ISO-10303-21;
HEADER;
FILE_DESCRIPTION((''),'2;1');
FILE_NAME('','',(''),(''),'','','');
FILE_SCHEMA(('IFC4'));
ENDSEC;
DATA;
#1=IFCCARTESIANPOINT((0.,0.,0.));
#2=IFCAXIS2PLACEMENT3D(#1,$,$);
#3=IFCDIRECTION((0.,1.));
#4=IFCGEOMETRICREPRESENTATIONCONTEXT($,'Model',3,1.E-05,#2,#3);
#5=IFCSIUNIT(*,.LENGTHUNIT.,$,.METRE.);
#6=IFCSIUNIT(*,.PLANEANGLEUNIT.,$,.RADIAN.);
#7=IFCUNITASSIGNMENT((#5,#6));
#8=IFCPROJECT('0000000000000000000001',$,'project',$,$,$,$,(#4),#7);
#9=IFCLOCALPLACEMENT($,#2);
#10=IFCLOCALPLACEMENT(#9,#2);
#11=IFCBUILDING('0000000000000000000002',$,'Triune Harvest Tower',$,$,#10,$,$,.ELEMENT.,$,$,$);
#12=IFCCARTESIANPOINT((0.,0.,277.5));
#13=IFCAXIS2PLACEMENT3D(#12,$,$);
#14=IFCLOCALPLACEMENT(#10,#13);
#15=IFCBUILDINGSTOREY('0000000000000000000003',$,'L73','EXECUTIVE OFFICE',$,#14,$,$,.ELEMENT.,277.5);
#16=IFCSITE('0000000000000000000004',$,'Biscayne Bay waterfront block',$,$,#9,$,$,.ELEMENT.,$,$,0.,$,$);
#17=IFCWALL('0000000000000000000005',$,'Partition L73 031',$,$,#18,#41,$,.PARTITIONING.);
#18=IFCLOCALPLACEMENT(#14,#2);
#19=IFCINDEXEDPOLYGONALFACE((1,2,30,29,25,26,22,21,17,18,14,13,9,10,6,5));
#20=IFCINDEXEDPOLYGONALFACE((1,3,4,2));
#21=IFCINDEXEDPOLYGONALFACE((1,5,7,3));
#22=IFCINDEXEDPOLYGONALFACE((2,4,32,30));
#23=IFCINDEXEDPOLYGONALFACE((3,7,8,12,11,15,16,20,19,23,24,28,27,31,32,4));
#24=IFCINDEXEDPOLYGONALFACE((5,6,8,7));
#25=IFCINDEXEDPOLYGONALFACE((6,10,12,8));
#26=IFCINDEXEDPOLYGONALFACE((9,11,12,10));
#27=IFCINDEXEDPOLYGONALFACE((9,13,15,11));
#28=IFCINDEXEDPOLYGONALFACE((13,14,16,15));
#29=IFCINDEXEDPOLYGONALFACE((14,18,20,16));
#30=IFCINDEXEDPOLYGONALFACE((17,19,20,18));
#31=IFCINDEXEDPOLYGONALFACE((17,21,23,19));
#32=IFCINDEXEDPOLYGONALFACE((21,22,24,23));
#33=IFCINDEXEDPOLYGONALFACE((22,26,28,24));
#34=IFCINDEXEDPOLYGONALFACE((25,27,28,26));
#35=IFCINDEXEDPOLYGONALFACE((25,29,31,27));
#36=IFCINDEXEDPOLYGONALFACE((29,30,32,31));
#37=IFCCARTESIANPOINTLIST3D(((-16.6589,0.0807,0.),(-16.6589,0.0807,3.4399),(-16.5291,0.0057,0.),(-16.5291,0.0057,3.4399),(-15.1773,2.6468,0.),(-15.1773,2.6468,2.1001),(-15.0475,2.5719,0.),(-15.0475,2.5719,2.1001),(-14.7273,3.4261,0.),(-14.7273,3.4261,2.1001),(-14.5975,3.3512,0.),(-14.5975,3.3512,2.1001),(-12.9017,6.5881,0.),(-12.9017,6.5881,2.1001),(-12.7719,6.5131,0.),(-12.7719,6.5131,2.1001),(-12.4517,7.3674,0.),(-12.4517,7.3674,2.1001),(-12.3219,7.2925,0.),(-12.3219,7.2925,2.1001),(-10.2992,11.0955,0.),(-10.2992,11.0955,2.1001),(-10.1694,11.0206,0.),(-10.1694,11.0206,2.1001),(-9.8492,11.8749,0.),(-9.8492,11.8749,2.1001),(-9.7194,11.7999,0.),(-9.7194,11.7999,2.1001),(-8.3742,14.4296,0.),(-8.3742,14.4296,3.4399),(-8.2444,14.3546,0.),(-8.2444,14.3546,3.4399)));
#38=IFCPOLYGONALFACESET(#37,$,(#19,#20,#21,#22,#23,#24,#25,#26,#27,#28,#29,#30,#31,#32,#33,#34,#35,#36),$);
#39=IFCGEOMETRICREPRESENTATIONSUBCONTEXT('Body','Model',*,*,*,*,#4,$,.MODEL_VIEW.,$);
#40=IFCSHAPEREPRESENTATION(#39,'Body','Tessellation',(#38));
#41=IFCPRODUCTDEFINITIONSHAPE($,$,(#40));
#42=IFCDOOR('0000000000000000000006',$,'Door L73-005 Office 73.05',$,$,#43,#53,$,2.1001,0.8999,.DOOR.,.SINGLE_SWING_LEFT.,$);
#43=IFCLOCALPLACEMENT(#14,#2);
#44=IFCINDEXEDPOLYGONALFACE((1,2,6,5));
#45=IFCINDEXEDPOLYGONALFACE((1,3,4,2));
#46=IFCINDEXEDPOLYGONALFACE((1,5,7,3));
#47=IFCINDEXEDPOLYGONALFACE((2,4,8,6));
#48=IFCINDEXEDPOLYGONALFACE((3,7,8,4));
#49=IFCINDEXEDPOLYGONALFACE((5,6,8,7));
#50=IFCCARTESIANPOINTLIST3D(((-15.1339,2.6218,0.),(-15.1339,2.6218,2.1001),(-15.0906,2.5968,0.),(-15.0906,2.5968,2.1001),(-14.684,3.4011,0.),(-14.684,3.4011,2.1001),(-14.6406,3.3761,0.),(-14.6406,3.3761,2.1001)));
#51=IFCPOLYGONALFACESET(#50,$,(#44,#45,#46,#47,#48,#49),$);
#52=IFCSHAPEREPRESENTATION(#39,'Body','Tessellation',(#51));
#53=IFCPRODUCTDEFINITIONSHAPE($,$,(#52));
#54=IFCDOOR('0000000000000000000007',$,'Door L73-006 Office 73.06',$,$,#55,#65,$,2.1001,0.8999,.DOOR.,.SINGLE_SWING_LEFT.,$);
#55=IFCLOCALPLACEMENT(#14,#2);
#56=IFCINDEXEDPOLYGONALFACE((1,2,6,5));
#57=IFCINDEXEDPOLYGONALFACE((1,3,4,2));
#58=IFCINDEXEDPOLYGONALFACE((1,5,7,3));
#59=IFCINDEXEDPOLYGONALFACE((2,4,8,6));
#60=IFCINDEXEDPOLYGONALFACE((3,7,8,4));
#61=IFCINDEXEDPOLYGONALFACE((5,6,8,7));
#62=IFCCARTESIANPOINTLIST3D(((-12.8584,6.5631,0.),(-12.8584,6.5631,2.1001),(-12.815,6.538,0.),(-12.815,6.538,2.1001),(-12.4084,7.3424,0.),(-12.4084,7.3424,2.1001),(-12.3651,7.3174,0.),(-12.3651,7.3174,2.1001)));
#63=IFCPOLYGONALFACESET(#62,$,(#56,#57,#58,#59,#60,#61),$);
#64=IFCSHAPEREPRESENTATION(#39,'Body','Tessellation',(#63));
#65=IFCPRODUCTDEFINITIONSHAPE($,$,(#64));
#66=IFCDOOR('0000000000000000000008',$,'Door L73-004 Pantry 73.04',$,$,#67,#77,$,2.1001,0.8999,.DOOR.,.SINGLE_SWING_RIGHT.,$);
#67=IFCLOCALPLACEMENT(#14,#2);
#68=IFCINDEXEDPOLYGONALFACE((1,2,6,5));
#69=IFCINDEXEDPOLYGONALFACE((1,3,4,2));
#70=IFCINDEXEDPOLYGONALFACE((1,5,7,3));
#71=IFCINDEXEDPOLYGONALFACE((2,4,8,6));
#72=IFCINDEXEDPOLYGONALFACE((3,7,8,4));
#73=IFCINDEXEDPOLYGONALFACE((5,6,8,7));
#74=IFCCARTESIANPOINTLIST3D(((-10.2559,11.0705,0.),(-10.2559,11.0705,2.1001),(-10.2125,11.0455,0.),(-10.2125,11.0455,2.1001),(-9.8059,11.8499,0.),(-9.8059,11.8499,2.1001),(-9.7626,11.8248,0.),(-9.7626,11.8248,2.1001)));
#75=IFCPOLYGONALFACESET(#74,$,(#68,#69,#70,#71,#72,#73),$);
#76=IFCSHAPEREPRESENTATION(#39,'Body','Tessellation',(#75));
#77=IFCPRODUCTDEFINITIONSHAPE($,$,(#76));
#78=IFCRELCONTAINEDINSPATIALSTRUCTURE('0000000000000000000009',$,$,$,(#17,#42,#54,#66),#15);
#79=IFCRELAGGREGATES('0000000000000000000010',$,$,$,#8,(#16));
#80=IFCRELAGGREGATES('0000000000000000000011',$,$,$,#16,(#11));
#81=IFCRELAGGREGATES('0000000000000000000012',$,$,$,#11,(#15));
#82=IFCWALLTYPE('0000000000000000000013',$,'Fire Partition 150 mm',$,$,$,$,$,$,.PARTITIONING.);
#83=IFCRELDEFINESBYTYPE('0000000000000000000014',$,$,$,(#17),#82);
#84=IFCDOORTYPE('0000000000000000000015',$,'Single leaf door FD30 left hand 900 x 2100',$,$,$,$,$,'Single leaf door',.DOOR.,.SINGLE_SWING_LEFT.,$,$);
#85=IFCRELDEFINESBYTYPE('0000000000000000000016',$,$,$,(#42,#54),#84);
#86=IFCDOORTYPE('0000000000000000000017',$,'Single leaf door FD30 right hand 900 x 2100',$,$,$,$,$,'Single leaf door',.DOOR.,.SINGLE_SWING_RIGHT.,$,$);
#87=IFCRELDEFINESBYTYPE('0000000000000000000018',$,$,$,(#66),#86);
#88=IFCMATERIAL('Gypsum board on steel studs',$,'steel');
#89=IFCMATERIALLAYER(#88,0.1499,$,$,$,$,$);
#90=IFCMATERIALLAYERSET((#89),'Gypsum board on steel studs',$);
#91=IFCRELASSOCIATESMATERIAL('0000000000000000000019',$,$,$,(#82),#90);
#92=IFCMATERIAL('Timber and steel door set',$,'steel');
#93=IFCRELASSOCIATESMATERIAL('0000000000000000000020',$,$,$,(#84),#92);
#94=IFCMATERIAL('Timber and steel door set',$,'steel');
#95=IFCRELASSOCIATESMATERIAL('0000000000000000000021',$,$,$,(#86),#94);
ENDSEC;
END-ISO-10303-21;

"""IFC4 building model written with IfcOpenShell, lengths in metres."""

from ifc_helpers import new_model, si_unit, direction, frame, frame_2d, origin, place, context, subcontext, project, spatial, rectangle, extrude, source, transform, mapped, material, layer, layer_set, type_object, element, fill, save


model = new_model("IFC4")

# Units and contexts
model_context = context("Model", 3, precision=1e-05, world=origin(), true_north=direction((0.0, 1.0)))
body_context = subcontext(model_context, "Body", "Model", "MODEL_VIEW")
ifc_project = project(units=[si_unit("LENGTHUNIT", "METRE"), si_unit("PLANEANGLEUNIT", "RADIAN")], contexts=[model_context])

# Site, building, storey
site_placement = place(None, origin())
site = spatial("IfcSite", under=ifc_project, at=site_placement, Name="Biscayne Bay waterfront block", CompositionType="ELEMENT", RefElevation=0.0)
building_placement = place(site_placement, origin())
building = spatial("IfcBuilding", under=site, at=building_placement, Name="Triune Harvest Tower", CompositionType="ELEMENT")
storey_placement = place(building_placement, frame((0.0, 0.0, 277.5)))
storey = spatial("IfcBuildingStorey", under=building, at=storey_placement, Name="L73", Description="EXECUTIVE OFFICE", CompositionType="ELEMENT", Elevation=277.5)

# Shared definitions
ifc_material_1 = material(Name="Gypsum board on steel studs", Category="steel")
ifc_layer_1 = layer(ifc_material_1, 0.1499)
ifc_layer_set_1 = layer_set([ifc_layer_1], Name="Gypsum board on steel studs")
wall_type_1 = type_object("IfcWallType", Name="Fire Partition 150 mm", PredefinedType="PARTITIONING", material=ifc_layer_set_1)
ifc_material_2 = material(Name="Timber and steel door set", Category="steel")
door_type_1 = type_object("IfcDoorType", Name="Single leaf door FD30 left hand 900 x 2100", ElementType="Single leaf door", OperationType="SINGLE_SWING_LEFT", PredefinedType="DOOR", material=ifc_material_2)
ifc_material_3 = material(Name="Timber and steel door set", Category="steel")
door_type_2 = type_object("IfcDoorType", Name="Single leaf door FD30 right hand 900 x 2100", ElementType="Single leaf door", OperationType="SINGLE_SWING_RIGHT", PredefinedType="DOOR", material=ifc_material_3)

# Wall, openings, doors
shared_shape_1 = source(origin(), body_context, "Body", "SweptSolid", [
    extrude(rectangle(XDim=16.5688, YDim=0.1499, at=frame_2d((8.2844, 0.0))), origin(), (0.0, 0.0, 1.0), 3.4399),
])
wall_1_placement = place(storey_placement, frame((-16.594, 0.0432, 0.0), z_axis=(0.0, 0.0, 1.0), x_axis=(0.500015, 0.866017, 0.0)))
wall_1 = element("IfcWall", 1, at=wall_1_placement, inside=storey, type_object=wall_type_1, Name="Partition L73 031", PredefinedType="PARTITIONING", context=body_context, shape_type="MappedRepresentation", body=[
    mapped(shared_shape_1, transform((0.0, 0.0, 0.0), scale=1.0)),
])
opening_1_placement = place(wall_1_placement, frame((12.719, 0.0, 0.0)))
opening_1 = element("IfcOpeningElement", 2, at=opening_1_placement, cuts=wall_1, PredefinedType="OPENING", context=body_context, shape_type="SweptSolid", body=[
    extrude(rectangle(XDim=0.8999, YDim=2.1001, at=frame_2d((0.45, 1.05))), frame((0.0, 0.085, 0.0), z_axis=(0.0, -1.0, 0.0), x_axis=(1.0, 0.0, 0.0)), (0.0, 0.0, 1.0), 0.1699),
])
opening_2_placement = place(wall_1_placement, frame((2.9631, 0.0, 0.0)))
opening_2 = element("IfcOpeningElement", 3, at=opening_2_placement, cuts=wall_1, PredefinedType="OPENING", context=body_context, shape_type="SweptSolid", body=[
    extrude(rectangle(XDim=0.8999, YDim=2.1001, at=frame_2d((0.45, 1.05))), frame((0.0, 0.085, 0.0), z_axis=(0.0, -1.0, 0.0), x_axis=(1.0, 0.0, 0.0)), (0.0, 0.0, 1.0), 0.1699),
])
opening_3_placement = place(wall_1_placement, frame((7.5142, 0.0, 0.0)))
opening_3 = element("IfcOpeningElement", 4, at=opening_3_placement, cuts=wall_1, PredefinedType="OPENING", context=body_context, shape_type="SweptSolid", body=[
    extrude(rectangle(XDim=0.8999, YDim=2.1001, at=frame_2d((0.45, 1.05))), frame((0.0, 0.085, 0.0), z_axis=(0.0, -1.0, 0.0), x_axis=(1.0, 0.0, 0.0)), (0.0, 0.0, 1.0), 0.1699),
])
door_1_placement = place(opening_2_placement, origin())
door_1 = element("IfcDoor", 5, at=door_1_placement, inside=storey, type_object=door_type_1, Name="Door L73-005 Office 73.05", OperationType="SINGLE_SWING_LEFT", OverallHeight=2.1001, OverallWidth=0.8999, PredefinedType="DOOR", context=body_context, shape_type="SweptSolid", body=[
    extrude(rectangle(XDim=0.8999, YDim=2.1001, at=frame_2d((0.45, 1.05))), frame((0.0, 0.0249, 0.0), z_axis=(0.0, -1.0, 0.0), x_axis=(1.0, 0.0, 0.0)), (0.0, 0.0, 1.0), 0.05),
])
fill(opening_2, door_1)
door_2_placement = place(opening_3_placement, origin())
door_2 = element("IfcDoor", 6, at=door_2_placement, inside=storey, type_object=door_type_1, Name="Door L73-006 Office 73.06", OperationType="SINGLE_SWING_LEFT", OverallHeight=2.1001, OverallWidth=0.8999, PredefinedType="DOOR", context=body_context, shape_type="SweptSolid", body=[
    extrude(rectangle(XDim=0.8999, YDim=2.1001, at=frame_2d((0.45, 1.05))), frame((0.0, 0.0249, 0.0), z_axis=(0.0, -1.0, 0.0), x_axis=(1.0, 0.0, 0.0)), (0.0, 0.0, 1.0), 0.05),
])
fill(opening_3, door_2)
door_3_placement = place(opening_1_placement, origin())
door_3 = element("IfcDoor", 7, at=door_3_placement, inside=storey, type_object=door_type_2, Name="Door L73-004 Pantry 73.04", OperationType="SINGLE_SWING_RIGHT", OverallHeight=2.1001, OverallWidth=0.8999, PredefinedType="DOOR", context=body_context, shape_type="SweptSolid", body=[
    extrude(rectangle(XDim=0.8999, YDim=2.1001, at=frame_2d((0.45, 1.05))), frame((0.0, 0.0249, 0.0), z_axis=(0.0, -1.0, 0.0), x_axis=(1.0, 0.0, 0.0)), (0.0, 0.0, 1.0), 0.05),
])
fill(opening_1, door_3)

save(model, "model.ifc")
